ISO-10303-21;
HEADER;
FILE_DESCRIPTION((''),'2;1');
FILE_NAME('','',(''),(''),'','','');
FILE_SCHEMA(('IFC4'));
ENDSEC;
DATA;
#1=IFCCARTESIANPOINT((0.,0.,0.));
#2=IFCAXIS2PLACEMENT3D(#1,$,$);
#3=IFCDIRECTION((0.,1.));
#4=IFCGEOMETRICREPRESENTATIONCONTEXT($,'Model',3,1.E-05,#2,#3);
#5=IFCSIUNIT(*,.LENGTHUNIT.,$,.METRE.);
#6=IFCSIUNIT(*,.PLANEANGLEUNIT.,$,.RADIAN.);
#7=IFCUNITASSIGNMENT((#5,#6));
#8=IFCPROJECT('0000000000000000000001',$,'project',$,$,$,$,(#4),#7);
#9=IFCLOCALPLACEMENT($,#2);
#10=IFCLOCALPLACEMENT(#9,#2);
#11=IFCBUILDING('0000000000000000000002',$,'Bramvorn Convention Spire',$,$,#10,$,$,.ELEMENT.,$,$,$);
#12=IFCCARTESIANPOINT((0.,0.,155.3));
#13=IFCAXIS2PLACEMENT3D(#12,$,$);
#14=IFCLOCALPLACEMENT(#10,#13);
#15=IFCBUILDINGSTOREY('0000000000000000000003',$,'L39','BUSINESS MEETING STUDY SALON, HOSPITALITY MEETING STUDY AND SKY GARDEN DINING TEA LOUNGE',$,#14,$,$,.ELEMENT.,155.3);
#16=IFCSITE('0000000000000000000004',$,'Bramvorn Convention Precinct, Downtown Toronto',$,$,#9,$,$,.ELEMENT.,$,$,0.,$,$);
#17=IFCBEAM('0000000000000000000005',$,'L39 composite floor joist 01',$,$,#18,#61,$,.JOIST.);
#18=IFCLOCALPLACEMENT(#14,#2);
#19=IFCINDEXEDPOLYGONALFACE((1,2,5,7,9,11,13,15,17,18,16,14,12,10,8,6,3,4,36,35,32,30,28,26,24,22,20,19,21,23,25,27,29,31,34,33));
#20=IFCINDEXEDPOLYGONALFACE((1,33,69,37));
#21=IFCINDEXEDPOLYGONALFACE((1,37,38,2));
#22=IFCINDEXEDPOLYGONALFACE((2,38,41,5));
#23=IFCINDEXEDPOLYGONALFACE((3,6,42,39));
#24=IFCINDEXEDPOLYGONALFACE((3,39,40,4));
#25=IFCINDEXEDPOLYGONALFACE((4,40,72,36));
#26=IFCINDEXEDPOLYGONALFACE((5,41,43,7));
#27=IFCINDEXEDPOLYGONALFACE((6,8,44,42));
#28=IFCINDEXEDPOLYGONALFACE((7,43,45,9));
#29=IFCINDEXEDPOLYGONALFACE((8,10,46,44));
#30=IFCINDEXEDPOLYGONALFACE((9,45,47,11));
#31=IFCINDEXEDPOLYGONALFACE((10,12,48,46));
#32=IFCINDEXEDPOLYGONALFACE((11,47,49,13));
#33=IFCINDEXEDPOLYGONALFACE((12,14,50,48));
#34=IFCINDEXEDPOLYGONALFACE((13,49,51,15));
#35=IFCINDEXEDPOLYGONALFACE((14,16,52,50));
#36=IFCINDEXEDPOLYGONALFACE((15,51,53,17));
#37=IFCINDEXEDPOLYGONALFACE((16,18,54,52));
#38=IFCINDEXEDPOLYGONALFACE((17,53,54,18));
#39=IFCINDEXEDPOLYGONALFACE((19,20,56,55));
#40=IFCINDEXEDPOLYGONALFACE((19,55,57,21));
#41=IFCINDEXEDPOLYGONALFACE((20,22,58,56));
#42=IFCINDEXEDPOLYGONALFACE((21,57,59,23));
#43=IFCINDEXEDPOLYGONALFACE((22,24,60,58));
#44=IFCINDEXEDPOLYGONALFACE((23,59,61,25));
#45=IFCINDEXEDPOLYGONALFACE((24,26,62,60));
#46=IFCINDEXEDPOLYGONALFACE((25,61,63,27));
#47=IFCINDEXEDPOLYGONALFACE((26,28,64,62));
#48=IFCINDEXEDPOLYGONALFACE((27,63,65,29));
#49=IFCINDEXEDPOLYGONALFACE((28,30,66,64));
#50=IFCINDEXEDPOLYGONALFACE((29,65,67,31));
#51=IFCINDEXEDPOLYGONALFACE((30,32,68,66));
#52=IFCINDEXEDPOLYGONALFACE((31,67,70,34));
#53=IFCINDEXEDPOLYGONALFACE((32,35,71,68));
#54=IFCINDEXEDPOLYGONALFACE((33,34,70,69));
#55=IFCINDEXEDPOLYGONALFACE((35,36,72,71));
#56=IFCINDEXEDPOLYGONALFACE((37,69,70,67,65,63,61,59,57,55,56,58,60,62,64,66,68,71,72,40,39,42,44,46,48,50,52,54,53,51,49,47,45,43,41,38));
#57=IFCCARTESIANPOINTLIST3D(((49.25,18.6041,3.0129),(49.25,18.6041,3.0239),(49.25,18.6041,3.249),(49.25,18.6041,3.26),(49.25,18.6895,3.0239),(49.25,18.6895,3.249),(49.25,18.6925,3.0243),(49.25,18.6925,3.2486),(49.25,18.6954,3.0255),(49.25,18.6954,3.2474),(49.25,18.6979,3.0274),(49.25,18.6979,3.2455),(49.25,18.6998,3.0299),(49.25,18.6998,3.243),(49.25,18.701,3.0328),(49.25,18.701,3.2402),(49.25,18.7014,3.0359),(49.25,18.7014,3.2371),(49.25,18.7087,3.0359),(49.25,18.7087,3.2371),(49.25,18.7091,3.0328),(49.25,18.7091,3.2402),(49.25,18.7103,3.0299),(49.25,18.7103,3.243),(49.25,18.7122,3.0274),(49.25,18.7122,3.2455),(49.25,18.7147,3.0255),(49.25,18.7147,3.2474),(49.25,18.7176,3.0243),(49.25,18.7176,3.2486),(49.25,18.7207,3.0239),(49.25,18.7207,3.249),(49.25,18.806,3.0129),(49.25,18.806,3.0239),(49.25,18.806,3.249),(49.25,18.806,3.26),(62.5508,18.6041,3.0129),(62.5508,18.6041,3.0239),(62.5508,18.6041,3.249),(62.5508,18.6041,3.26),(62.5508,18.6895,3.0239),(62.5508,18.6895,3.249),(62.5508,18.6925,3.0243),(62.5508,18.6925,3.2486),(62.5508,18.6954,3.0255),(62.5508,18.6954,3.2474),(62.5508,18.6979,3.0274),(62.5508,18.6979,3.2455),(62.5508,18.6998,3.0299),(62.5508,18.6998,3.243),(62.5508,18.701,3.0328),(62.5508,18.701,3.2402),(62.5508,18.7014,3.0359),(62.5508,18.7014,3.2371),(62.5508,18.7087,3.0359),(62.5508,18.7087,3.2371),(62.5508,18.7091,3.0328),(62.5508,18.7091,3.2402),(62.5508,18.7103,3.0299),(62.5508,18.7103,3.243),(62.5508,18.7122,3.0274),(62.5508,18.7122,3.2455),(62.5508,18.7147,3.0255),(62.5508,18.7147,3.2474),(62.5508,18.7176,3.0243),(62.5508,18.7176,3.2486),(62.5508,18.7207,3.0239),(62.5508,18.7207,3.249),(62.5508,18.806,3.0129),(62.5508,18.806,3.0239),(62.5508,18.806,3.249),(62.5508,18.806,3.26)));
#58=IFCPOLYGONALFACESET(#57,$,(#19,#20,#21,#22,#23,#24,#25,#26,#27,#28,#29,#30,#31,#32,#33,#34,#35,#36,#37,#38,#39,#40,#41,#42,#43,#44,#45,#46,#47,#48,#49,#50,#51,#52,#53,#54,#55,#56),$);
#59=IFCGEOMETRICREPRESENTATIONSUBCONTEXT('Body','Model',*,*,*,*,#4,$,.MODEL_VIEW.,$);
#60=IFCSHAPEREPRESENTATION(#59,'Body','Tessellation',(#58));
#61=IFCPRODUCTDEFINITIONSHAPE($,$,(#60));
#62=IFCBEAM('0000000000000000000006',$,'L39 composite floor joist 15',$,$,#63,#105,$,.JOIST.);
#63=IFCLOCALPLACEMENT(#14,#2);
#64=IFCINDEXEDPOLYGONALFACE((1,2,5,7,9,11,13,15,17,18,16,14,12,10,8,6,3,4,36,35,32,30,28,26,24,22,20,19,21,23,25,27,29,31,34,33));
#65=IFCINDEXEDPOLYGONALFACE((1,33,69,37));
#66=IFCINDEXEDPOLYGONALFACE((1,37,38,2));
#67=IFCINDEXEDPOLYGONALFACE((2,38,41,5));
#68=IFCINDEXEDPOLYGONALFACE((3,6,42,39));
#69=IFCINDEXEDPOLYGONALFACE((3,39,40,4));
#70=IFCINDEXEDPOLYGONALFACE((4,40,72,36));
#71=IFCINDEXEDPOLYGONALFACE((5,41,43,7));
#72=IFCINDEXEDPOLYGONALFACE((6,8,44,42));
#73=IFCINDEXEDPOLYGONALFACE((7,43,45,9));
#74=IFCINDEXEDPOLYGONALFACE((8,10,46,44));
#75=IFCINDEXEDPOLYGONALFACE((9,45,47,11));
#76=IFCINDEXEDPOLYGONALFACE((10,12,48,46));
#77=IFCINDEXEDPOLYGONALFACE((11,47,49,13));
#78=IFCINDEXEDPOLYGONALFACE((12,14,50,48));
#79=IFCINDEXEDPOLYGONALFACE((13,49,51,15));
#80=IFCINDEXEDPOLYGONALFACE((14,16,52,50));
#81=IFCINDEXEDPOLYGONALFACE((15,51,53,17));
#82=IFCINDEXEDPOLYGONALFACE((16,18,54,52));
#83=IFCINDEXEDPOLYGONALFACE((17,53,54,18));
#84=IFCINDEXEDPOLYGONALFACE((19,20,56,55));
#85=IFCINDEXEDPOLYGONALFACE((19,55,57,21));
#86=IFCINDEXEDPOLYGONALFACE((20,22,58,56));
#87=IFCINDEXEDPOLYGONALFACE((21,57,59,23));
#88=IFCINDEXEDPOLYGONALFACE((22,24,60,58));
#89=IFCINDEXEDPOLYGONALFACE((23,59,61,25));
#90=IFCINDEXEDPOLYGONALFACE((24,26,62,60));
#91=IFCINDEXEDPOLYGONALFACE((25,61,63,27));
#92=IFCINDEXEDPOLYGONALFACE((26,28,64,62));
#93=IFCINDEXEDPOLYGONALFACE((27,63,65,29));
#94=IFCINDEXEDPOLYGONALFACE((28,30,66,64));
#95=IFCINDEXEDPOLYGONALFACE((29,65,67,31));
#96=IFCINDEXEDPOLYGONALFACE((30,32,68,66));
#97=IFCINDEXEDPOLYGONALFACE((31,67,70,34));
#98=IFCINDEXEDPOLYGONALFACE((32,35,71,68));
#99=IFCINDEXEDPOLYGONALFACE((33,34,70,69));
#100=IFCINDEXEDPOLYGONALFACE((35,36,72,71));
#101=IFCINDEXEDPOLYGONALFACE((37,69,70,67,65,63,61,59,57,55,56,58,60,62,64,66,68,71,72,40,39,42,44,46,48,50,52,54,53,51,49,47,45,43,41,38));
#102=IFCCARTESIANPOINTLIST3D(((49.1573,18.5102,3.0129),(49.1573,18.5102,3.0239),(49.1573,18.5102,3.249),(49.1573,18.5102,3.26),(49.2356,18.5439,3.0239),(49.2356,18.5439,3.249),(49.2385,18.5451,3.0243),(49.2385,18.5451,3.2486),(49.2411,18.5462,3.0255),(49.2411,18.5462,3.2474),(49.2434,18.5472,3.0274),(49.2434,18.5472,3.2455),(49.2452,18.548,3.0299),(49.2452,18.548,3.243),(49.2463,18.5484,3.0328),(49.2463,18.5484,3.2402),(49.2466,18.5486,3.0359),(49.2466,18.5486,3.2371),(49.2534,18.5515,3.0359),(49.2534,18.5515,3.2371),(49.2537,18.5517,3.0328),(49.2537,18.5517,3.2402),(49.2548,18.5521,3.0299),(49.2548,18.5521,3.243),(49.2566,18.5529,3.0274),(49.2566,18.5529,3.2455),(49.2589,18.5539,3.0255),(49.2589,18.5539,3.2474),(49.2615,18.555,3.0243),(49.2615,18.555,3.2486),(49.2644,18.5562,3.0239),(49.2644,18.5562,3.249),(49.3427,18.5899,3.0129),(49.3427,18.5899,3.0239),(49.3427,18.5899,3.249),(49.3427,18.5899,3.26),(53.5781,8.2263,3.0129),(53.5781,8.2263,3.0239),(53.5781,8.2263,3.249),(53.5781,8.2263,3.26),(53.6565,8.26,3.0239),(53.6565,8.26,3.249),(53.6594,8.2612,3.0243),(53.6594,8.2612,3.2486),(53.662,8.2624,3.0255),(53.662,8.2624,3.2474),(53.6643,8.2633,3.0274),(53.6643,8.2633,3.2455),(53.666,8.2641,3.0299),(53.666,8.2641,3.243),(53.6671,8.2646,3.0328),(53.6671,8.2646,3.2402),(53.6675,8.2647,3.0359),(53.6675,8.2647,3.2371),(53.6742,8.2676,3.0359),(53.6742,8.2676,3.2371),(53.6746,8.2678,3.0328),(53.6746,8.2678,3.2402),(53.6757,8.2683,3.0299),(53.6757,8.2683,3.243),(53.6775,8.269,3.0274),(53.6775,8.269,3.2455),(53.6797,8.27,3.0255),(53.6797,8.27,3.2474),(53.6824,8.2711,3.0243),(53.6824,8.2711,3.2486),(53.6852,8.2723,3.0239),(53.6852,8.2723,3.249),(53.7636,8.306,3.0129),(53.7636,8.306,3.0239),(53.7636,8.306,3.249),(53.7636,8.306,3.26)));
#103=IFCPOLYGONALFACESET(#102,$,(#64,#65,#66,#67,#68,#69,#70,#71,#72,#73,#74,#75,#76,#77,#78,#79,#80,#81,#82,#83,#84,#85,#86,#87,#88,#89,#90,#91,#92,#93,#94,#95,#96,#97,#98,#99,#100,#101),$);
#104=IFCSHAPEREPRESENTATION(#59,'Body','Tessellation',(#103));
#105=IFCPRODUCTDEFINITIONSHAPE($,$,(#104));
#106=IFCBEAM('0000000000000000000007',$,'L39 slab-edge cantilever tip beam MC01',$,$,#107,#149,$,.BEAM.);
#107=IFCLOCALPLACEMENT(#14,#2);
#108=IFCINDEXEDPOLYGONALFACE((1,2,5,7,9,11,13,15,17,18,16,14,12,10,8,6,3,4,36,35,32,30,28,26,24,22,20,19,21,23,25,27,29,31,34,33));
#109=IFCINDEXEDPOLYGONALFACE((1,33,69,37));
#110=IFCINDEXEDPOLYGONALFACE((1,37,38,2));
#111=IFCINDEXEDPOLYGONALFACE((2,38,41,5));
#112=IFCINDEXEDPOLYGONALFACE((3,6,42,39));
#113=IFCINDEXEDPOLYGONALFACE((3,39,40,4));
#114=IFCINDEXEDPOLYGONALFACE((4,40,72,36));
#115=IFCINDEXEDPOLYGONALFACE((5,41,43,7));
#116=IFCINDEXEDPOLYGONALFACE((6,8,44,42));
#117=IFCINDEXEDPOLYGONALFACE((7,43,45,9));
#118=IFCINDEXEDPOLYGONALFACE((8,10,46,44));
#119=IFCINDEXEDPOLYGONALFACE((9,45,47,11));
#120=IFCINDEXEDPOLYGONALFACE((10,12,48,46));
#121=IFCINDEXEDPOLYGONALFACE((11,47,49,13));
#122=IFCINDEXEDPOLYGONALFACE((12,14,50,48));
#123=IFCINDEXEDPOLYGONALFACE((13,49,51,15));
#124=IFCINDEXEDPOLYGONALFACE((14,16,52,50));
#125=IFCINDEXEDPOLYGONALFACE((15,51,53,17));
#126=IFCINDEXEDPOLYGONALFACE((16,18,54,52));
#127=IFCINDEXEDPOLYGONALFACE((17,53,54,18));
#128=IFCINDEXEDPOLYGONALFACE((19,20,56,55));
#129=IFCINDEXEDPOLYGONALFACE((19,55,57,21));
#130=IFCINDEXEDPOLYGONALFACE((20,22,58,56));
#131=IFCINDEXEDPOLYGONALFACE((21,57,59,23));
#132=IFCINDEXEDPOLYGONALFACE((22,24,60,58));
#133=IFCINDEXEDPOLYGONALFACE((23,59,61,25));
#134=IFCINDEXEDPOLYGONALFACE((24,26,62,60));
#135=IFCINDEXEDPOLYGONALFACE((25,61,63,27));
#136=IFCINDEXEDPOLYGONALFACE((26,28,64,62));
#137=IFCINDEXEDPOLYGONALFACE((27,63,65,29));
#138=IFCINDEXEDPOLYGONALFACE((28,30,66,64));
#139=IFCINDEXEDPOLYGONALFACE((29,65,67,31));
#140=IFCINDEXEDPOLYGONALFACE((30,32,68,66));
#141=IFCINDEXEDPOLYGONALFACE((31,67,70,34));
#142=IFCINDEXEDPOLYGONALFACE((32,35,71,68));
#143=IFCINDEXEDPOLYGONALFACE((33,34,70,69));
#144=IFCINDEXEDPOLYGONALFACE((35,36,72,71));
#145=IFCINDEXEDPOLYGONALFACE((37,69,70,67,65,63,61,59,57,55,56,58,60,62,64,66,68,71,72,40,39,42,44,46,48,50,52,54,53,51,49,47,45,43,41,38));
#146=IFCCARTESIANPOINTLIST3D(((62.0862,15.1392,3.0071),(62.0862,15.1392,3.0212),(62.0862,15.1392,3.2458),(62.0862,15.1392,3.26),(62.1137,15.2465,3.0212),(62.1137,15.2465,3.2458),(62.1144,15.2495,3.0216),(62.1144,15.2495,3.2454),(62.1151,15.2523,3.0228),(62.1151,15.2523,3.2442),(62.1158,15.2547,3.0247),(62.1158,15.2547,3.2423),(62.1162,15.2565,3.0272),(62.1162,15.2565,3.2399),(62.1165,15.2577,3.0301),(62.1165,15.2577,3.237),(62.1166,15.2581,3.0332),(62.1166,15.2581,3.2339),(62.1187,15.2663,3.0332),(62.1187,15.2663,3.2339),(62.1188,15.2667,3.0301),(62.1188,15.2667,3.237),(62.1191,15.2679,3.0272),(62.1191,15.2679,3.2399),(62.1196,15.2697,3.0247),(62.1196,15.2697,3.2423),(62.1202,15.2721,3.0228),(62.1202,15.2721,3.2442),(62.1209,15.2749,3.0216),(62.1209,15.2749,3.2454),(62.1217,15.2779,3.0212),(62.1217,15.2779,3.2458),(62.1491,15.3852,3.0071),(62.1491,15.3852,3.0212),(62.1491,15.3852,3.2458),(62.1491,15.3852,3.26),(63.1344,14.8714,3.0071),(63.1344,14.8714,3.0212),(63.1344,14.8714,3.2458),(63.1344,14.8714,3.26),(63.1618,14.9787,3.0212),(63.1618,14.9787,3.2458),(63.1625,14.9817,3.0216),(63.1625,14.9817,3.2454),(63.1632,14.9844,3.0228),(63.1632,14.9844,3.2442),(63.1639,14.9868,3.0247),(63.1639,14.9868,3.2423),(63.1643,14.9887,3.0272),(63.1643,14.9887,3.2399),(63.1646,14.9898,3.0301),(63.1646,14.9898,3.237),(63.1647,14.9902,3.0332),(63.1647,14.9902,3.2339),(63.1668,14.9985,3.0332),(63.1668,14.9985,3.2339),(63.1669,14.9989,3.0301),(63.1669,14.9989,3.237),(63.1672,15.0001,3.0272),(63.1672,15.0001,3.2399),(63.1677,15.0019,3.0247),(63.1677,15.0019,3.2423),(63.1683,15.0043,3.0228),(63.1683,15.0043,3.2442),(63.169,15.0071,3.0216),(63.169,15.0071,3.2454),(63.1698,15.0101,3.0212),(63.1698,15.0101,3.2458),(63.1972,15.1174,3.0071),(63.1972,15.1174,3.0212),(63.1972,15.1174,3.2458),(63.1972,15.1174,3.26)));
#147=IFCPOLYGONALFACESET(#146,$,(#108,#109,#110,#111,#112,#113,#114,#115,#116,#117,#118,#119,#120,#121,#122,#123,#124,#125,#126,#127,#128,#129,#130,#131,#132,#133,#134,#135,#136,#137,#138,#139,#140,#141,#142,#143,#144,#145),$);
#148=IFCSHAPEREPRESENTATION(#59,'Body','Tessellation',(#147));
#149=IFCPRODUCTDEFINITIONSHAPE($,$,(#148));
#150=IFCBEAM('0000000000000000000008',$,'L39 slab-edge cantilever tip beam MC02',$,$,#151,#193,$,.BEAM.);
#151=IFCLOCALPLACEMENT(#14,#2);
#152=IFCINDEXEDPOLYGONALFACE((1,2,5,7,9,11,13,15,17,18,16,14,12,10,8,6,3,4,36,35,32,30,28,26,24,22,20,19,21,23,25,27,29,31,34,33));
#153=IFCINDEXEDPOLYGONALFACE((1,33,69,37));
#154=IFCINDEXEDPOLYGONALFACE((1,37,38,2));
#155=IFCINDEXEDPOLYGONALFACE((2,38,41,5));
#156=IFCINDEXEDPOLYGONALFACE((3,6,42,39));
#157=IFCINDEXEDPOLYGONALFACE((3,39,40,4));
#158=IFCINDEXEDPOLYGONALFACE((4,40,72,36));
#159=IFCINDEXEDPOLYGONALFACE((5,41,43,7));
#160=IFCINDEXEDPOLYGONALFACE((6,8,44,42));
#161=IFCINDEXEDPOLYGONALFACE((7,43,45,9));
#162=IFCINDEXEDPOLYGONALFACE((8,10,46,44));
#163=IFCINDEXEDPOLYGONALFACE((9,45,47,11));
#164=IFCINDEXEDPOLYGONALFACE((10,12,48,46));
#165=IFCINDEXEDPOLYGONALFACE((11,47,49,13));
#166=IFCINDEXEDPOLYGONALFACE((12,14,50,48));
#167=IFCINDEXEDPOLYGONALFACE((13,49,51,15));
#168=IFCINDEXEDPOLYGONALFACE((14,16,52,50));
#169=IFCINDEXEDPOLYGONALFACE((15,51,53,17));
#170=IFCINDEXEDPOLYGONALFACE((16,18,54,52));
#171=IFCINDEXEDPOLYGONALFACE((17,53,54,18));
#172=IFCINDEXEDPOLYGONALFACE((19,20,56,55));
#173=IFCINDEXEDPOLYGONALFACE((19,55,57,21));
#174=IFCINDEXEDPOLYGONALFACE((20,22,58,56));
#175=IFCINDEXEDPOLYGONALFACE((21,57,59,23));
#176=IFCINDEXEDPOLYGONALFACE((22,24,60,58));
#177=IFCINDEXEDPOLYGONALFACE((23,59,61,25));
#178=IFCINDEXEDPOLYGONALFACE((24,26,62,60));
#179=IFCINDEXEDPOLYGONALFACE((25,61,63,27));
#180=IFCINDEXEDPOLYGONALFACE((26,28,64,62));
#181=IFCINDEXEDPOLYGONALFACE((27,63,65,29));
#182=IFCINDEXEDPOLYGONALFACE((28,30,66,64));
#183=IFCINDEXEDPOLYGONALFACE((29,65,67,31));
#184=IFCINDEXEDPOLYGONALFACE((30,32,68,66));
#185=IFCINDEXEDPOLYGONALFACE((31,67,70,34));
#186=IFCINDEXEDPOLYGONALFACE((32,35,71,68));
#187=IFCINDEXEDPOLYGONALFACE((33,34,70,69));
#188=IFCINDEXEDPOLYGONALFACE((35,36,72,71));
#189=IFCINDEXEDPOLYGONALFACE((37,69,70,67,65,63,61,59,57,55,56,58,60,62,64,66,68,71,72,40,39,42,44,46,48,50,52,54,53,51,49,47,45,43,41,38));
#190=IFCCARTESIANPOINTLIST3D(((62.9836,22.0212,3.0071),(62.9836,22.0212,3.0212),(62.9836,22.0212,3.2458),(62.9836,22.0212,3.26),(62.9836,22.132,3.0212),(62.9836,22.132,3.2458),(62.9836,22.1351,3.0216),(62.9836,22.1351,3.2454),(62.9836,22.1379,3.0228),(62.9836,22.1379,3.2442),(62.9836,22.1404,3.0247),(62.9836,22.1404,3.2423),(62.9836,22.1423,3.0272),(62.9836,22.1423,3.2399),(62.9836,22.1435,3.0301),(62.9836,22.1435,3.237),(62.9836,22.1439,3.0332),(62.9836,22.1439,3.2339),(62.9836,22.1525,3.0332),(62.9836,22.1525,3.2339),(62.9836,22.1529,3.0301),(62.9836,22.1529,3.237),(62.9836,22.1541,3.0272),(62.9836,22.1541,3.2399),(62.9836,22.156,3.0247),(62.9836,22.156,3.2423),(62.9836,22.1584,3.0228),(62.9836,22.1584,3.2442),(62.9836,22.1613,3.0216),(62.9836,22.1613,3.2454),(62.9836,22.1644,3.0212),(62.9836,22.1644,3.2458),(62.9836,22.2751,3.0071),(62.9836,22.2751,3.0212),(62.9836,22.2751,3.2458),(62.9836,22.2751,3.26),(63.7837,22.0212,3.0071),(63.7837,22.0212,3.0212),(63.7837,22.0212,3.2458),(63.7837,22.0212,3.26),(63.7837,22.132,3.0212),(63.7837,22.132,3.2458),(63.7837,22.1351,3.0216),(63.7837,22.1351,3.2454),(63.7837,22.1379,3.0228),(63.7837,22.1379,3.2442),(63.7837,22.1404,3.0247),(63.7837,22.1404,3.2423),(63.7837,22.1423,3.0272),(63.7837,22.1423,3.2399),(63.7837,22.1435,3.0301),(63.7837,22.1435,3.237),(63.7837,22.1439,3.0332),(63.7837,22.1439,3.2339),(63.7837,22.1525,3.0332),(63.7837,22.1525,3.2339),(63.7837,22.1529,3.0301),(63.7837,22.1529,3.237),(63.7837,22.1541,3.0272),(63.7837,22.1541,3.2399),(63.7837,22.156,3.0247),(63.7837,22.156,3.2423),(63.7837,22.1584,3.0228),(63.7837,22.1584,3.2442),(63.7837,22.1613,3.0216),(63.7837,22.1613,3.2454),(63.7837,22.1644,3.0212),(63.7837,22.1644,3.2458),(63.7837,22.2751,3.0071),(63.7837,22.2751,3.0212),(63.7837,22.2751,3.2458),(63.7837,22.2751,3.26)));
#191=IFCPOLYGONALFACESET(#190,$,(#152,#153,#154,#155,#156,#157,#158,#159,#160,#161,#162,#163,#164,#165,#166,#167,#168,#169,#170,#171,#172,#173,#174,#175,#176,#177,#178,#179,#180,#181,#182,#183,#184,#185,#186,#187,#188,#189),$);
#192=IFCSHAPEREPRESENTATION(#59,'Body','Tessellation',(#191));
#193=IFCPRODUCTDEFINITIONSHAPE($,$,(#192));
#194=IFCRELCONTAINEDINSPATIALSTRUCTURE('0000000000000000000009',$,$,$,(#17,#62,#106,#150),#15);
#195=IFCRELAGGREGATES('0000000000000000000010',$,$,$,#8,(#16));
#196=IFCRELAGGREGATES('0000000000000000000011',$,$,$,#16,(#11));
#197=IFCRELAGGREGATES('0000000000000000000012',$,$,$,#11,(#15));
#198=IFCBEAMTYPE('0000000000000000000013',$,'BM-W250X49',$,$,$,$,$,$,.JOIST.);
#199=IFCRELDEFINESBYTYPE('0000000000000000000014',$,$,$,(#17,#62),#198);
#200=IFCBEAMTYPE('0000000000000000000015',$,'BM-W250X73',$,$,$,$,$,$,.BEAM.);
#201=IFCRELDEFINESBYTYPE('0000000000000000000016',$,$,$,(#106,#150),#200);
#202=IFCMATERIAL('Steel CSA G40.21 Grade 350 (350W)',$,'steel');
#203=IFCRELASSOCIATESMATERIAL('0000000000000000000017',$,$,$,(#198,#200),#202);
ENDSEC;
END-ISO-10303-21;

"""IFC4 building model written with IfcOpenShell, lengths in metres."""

from ifc_helpers import new_model, si_unit, direction, frame, origin, origin_2d, place, context, subcontext, project, spatial, i_section, extrude, material, material_profile, profile_set, type_object, element, save


model = new_model("IFC4")

# Units and contexts
model_context = context("Model", 3, precision=1e-05, world=origin(), true_north=direction((0.0, 1.0)))
body_context = subcontext(model_context, "Body", "Model", "MODEL_VIEW")
ifc_project = project(units=[si_unit("LENGTHUNIT", "METRE"), si_unit("PLANEANGLEUNIT", "RADIAN")], contexts=[model_context])

# Site, building, storey
site_placement = place(None, origin())
site = spatial("IfcSite", under=ifc_project, at=site_placement, Name="Bramvorn Convention Precinct, Downtown Toronto", CompositionType="ELEMENT", RefElevation=0.0)
building_placement = place(site_placement, origin())
building = spatial("IfcBuilding", under=site, at=building_placement, Name="Bramvorn Convention Spire", CompositionType="ELEMENT")
storey_placement = place(building_placement, frame((0.0, 0.0, 155.3)))
storey = spatial("IfcBuildingStorey", under=building, at=storey_placement, Name="L39", Description="BUSINESS MEETING STUDY SALON, HOSPITALITY MEETING STUDY AND SKY GARDEN DINING TEA LOUNGE", CompositionType="ELEMENT", Elevation=155.3)

# Shared definitions
ifc_material_1 = material(Name="Steel CSA G40.21 Grade 350 (350W)", Category="steel")

# Beams
ifc_material_profile_1 = material_profile(ifc_material_1, i_section(OverallWidth=0.2019, OverallDepth=0.2471, WebThickness=0.0073, FlangeThickness=0.011, FilletRadius=0.012, at=origin_2d()))
ifc_profile_set_1 = profile_set([ifc_material_profile_1], Name="Steel CSA G40.21 Grade 350 (350W) - W250X49")
beam_type_1 = type_object("IfcBeamType", Name="BM-W250X49", PredefinedType="JOIST", material=ifc_profile_set_1)
beam_1_placement = place(storey_placement, frame((49.25, 18.7051, 3.1365), z_axis=(1.0, 0.0, 0.0), x_axis=(0.0, 1.0, 0.0)))
element("IfcBeam", 1, at=beam_1_placement, inside=storey, type_object=beam_type_1, Name="L39 composite floor joist 01", PredefinedType="JOIST", context=body_context, shape_type="SweptSolid", body=[
    extrude(i_section(OverallWidth=0.2019, OverallDepth=0.2471, WebThickness=0.0073, FlangeThickness=0.011, FilletRadius=0.012, at=origin_2d()), origin(), (0.0, 0.0, 1.0), 13.3008),
])
beam_2_placement = place(storey_placement, frame((49.25, 18.55, 3.1365), z_axis=(0.394938, -0.918708, 0.0), x_axis=(0.918708, 0.394938, 0.0)))
element("IfcBeam", 2, at=beam_2_placement, inside=storey, type_object=beam_type_1, Name="L39 composite floor joist 15", PredefinedType="JOIST", context=body_context, shape_type="SweptSolid", body=[
    extrude(i_section(OverallWidth=0.2019, OverallDepth=0.2471, WebThickness=0.0073, FlangeThickness=0.011, FilletRadius=0.012, at=origin_2d()), origin(), (0.0, 0.0, 1.0), 11.1938),
])
ifc_material_profile_2 = material_profile(ifc_material_1, i_section(OverallWidth=0.2539, OverallDepth=0.2529, WebThickness=0.0085, FlangeThickness=0.0142, FilletRadius=0.012, at=origin_2d()))
ifc_profile_set_2 = profile_set([ifc_material_profile_2], Name="Steel CSA G40.21 Grade 350 (350W) - W250X73")
beam_type_2 = type_object("IfcBeamType", Name="BM-W250X73", PredefinedType="BEAM", material=ifc_profile_set_2)
beam_3_placement = place(storey_placement, frame((62.1177, 15.2622, 3.1335), z_axis=(0.968868, -0.247577, 0.0), x_axis=(0.247577, 0.968868, 0.0)))
element("IfcBeam", 3, at=beam_3_placement, inside=storey, type_object=beam_type_2, Name="L39 slab-edge cantilever tip beam MC01", PredefinedType="BEAM", context=body_context, shape_type="SweptSolid", body=[
    extrude(i_section(OverallWidth=0.2539, OverallDepth=0.2529, WebThickness=0.0085, FlangeThickness=0.0142, FilletRadius=0.012, at=origin_2d()), origin(), (0.0, 0.0, 1.0), 1.0818),
])
beam_4_placement = place(storey_placement, frame((62.9836, 22.1482, 3.1335), z_axis=(1.0, 0.0, 0.0), x_axis=(0.0, 1.0, 0.0)))
element("IfcBeam", 4, at=beam_4_placement, inside=storey, type_object=beam_type_2, Name="L39 slab-edge cantilever tip beam MC02", PredefinedType="BEAM", context=body_context, shape_type="SweptSolid", body=[
    extrude(i_section(OverallWidth=0.2539, OverallDepth=0.2529, WebThickness=0.0085, FlangeThickness=0.0142, FilletRadius=0.012, at=origin_2d()), origin(), (0.0, 0.0, 1.0), 0.8),
])

save(model, "model.ifc")
